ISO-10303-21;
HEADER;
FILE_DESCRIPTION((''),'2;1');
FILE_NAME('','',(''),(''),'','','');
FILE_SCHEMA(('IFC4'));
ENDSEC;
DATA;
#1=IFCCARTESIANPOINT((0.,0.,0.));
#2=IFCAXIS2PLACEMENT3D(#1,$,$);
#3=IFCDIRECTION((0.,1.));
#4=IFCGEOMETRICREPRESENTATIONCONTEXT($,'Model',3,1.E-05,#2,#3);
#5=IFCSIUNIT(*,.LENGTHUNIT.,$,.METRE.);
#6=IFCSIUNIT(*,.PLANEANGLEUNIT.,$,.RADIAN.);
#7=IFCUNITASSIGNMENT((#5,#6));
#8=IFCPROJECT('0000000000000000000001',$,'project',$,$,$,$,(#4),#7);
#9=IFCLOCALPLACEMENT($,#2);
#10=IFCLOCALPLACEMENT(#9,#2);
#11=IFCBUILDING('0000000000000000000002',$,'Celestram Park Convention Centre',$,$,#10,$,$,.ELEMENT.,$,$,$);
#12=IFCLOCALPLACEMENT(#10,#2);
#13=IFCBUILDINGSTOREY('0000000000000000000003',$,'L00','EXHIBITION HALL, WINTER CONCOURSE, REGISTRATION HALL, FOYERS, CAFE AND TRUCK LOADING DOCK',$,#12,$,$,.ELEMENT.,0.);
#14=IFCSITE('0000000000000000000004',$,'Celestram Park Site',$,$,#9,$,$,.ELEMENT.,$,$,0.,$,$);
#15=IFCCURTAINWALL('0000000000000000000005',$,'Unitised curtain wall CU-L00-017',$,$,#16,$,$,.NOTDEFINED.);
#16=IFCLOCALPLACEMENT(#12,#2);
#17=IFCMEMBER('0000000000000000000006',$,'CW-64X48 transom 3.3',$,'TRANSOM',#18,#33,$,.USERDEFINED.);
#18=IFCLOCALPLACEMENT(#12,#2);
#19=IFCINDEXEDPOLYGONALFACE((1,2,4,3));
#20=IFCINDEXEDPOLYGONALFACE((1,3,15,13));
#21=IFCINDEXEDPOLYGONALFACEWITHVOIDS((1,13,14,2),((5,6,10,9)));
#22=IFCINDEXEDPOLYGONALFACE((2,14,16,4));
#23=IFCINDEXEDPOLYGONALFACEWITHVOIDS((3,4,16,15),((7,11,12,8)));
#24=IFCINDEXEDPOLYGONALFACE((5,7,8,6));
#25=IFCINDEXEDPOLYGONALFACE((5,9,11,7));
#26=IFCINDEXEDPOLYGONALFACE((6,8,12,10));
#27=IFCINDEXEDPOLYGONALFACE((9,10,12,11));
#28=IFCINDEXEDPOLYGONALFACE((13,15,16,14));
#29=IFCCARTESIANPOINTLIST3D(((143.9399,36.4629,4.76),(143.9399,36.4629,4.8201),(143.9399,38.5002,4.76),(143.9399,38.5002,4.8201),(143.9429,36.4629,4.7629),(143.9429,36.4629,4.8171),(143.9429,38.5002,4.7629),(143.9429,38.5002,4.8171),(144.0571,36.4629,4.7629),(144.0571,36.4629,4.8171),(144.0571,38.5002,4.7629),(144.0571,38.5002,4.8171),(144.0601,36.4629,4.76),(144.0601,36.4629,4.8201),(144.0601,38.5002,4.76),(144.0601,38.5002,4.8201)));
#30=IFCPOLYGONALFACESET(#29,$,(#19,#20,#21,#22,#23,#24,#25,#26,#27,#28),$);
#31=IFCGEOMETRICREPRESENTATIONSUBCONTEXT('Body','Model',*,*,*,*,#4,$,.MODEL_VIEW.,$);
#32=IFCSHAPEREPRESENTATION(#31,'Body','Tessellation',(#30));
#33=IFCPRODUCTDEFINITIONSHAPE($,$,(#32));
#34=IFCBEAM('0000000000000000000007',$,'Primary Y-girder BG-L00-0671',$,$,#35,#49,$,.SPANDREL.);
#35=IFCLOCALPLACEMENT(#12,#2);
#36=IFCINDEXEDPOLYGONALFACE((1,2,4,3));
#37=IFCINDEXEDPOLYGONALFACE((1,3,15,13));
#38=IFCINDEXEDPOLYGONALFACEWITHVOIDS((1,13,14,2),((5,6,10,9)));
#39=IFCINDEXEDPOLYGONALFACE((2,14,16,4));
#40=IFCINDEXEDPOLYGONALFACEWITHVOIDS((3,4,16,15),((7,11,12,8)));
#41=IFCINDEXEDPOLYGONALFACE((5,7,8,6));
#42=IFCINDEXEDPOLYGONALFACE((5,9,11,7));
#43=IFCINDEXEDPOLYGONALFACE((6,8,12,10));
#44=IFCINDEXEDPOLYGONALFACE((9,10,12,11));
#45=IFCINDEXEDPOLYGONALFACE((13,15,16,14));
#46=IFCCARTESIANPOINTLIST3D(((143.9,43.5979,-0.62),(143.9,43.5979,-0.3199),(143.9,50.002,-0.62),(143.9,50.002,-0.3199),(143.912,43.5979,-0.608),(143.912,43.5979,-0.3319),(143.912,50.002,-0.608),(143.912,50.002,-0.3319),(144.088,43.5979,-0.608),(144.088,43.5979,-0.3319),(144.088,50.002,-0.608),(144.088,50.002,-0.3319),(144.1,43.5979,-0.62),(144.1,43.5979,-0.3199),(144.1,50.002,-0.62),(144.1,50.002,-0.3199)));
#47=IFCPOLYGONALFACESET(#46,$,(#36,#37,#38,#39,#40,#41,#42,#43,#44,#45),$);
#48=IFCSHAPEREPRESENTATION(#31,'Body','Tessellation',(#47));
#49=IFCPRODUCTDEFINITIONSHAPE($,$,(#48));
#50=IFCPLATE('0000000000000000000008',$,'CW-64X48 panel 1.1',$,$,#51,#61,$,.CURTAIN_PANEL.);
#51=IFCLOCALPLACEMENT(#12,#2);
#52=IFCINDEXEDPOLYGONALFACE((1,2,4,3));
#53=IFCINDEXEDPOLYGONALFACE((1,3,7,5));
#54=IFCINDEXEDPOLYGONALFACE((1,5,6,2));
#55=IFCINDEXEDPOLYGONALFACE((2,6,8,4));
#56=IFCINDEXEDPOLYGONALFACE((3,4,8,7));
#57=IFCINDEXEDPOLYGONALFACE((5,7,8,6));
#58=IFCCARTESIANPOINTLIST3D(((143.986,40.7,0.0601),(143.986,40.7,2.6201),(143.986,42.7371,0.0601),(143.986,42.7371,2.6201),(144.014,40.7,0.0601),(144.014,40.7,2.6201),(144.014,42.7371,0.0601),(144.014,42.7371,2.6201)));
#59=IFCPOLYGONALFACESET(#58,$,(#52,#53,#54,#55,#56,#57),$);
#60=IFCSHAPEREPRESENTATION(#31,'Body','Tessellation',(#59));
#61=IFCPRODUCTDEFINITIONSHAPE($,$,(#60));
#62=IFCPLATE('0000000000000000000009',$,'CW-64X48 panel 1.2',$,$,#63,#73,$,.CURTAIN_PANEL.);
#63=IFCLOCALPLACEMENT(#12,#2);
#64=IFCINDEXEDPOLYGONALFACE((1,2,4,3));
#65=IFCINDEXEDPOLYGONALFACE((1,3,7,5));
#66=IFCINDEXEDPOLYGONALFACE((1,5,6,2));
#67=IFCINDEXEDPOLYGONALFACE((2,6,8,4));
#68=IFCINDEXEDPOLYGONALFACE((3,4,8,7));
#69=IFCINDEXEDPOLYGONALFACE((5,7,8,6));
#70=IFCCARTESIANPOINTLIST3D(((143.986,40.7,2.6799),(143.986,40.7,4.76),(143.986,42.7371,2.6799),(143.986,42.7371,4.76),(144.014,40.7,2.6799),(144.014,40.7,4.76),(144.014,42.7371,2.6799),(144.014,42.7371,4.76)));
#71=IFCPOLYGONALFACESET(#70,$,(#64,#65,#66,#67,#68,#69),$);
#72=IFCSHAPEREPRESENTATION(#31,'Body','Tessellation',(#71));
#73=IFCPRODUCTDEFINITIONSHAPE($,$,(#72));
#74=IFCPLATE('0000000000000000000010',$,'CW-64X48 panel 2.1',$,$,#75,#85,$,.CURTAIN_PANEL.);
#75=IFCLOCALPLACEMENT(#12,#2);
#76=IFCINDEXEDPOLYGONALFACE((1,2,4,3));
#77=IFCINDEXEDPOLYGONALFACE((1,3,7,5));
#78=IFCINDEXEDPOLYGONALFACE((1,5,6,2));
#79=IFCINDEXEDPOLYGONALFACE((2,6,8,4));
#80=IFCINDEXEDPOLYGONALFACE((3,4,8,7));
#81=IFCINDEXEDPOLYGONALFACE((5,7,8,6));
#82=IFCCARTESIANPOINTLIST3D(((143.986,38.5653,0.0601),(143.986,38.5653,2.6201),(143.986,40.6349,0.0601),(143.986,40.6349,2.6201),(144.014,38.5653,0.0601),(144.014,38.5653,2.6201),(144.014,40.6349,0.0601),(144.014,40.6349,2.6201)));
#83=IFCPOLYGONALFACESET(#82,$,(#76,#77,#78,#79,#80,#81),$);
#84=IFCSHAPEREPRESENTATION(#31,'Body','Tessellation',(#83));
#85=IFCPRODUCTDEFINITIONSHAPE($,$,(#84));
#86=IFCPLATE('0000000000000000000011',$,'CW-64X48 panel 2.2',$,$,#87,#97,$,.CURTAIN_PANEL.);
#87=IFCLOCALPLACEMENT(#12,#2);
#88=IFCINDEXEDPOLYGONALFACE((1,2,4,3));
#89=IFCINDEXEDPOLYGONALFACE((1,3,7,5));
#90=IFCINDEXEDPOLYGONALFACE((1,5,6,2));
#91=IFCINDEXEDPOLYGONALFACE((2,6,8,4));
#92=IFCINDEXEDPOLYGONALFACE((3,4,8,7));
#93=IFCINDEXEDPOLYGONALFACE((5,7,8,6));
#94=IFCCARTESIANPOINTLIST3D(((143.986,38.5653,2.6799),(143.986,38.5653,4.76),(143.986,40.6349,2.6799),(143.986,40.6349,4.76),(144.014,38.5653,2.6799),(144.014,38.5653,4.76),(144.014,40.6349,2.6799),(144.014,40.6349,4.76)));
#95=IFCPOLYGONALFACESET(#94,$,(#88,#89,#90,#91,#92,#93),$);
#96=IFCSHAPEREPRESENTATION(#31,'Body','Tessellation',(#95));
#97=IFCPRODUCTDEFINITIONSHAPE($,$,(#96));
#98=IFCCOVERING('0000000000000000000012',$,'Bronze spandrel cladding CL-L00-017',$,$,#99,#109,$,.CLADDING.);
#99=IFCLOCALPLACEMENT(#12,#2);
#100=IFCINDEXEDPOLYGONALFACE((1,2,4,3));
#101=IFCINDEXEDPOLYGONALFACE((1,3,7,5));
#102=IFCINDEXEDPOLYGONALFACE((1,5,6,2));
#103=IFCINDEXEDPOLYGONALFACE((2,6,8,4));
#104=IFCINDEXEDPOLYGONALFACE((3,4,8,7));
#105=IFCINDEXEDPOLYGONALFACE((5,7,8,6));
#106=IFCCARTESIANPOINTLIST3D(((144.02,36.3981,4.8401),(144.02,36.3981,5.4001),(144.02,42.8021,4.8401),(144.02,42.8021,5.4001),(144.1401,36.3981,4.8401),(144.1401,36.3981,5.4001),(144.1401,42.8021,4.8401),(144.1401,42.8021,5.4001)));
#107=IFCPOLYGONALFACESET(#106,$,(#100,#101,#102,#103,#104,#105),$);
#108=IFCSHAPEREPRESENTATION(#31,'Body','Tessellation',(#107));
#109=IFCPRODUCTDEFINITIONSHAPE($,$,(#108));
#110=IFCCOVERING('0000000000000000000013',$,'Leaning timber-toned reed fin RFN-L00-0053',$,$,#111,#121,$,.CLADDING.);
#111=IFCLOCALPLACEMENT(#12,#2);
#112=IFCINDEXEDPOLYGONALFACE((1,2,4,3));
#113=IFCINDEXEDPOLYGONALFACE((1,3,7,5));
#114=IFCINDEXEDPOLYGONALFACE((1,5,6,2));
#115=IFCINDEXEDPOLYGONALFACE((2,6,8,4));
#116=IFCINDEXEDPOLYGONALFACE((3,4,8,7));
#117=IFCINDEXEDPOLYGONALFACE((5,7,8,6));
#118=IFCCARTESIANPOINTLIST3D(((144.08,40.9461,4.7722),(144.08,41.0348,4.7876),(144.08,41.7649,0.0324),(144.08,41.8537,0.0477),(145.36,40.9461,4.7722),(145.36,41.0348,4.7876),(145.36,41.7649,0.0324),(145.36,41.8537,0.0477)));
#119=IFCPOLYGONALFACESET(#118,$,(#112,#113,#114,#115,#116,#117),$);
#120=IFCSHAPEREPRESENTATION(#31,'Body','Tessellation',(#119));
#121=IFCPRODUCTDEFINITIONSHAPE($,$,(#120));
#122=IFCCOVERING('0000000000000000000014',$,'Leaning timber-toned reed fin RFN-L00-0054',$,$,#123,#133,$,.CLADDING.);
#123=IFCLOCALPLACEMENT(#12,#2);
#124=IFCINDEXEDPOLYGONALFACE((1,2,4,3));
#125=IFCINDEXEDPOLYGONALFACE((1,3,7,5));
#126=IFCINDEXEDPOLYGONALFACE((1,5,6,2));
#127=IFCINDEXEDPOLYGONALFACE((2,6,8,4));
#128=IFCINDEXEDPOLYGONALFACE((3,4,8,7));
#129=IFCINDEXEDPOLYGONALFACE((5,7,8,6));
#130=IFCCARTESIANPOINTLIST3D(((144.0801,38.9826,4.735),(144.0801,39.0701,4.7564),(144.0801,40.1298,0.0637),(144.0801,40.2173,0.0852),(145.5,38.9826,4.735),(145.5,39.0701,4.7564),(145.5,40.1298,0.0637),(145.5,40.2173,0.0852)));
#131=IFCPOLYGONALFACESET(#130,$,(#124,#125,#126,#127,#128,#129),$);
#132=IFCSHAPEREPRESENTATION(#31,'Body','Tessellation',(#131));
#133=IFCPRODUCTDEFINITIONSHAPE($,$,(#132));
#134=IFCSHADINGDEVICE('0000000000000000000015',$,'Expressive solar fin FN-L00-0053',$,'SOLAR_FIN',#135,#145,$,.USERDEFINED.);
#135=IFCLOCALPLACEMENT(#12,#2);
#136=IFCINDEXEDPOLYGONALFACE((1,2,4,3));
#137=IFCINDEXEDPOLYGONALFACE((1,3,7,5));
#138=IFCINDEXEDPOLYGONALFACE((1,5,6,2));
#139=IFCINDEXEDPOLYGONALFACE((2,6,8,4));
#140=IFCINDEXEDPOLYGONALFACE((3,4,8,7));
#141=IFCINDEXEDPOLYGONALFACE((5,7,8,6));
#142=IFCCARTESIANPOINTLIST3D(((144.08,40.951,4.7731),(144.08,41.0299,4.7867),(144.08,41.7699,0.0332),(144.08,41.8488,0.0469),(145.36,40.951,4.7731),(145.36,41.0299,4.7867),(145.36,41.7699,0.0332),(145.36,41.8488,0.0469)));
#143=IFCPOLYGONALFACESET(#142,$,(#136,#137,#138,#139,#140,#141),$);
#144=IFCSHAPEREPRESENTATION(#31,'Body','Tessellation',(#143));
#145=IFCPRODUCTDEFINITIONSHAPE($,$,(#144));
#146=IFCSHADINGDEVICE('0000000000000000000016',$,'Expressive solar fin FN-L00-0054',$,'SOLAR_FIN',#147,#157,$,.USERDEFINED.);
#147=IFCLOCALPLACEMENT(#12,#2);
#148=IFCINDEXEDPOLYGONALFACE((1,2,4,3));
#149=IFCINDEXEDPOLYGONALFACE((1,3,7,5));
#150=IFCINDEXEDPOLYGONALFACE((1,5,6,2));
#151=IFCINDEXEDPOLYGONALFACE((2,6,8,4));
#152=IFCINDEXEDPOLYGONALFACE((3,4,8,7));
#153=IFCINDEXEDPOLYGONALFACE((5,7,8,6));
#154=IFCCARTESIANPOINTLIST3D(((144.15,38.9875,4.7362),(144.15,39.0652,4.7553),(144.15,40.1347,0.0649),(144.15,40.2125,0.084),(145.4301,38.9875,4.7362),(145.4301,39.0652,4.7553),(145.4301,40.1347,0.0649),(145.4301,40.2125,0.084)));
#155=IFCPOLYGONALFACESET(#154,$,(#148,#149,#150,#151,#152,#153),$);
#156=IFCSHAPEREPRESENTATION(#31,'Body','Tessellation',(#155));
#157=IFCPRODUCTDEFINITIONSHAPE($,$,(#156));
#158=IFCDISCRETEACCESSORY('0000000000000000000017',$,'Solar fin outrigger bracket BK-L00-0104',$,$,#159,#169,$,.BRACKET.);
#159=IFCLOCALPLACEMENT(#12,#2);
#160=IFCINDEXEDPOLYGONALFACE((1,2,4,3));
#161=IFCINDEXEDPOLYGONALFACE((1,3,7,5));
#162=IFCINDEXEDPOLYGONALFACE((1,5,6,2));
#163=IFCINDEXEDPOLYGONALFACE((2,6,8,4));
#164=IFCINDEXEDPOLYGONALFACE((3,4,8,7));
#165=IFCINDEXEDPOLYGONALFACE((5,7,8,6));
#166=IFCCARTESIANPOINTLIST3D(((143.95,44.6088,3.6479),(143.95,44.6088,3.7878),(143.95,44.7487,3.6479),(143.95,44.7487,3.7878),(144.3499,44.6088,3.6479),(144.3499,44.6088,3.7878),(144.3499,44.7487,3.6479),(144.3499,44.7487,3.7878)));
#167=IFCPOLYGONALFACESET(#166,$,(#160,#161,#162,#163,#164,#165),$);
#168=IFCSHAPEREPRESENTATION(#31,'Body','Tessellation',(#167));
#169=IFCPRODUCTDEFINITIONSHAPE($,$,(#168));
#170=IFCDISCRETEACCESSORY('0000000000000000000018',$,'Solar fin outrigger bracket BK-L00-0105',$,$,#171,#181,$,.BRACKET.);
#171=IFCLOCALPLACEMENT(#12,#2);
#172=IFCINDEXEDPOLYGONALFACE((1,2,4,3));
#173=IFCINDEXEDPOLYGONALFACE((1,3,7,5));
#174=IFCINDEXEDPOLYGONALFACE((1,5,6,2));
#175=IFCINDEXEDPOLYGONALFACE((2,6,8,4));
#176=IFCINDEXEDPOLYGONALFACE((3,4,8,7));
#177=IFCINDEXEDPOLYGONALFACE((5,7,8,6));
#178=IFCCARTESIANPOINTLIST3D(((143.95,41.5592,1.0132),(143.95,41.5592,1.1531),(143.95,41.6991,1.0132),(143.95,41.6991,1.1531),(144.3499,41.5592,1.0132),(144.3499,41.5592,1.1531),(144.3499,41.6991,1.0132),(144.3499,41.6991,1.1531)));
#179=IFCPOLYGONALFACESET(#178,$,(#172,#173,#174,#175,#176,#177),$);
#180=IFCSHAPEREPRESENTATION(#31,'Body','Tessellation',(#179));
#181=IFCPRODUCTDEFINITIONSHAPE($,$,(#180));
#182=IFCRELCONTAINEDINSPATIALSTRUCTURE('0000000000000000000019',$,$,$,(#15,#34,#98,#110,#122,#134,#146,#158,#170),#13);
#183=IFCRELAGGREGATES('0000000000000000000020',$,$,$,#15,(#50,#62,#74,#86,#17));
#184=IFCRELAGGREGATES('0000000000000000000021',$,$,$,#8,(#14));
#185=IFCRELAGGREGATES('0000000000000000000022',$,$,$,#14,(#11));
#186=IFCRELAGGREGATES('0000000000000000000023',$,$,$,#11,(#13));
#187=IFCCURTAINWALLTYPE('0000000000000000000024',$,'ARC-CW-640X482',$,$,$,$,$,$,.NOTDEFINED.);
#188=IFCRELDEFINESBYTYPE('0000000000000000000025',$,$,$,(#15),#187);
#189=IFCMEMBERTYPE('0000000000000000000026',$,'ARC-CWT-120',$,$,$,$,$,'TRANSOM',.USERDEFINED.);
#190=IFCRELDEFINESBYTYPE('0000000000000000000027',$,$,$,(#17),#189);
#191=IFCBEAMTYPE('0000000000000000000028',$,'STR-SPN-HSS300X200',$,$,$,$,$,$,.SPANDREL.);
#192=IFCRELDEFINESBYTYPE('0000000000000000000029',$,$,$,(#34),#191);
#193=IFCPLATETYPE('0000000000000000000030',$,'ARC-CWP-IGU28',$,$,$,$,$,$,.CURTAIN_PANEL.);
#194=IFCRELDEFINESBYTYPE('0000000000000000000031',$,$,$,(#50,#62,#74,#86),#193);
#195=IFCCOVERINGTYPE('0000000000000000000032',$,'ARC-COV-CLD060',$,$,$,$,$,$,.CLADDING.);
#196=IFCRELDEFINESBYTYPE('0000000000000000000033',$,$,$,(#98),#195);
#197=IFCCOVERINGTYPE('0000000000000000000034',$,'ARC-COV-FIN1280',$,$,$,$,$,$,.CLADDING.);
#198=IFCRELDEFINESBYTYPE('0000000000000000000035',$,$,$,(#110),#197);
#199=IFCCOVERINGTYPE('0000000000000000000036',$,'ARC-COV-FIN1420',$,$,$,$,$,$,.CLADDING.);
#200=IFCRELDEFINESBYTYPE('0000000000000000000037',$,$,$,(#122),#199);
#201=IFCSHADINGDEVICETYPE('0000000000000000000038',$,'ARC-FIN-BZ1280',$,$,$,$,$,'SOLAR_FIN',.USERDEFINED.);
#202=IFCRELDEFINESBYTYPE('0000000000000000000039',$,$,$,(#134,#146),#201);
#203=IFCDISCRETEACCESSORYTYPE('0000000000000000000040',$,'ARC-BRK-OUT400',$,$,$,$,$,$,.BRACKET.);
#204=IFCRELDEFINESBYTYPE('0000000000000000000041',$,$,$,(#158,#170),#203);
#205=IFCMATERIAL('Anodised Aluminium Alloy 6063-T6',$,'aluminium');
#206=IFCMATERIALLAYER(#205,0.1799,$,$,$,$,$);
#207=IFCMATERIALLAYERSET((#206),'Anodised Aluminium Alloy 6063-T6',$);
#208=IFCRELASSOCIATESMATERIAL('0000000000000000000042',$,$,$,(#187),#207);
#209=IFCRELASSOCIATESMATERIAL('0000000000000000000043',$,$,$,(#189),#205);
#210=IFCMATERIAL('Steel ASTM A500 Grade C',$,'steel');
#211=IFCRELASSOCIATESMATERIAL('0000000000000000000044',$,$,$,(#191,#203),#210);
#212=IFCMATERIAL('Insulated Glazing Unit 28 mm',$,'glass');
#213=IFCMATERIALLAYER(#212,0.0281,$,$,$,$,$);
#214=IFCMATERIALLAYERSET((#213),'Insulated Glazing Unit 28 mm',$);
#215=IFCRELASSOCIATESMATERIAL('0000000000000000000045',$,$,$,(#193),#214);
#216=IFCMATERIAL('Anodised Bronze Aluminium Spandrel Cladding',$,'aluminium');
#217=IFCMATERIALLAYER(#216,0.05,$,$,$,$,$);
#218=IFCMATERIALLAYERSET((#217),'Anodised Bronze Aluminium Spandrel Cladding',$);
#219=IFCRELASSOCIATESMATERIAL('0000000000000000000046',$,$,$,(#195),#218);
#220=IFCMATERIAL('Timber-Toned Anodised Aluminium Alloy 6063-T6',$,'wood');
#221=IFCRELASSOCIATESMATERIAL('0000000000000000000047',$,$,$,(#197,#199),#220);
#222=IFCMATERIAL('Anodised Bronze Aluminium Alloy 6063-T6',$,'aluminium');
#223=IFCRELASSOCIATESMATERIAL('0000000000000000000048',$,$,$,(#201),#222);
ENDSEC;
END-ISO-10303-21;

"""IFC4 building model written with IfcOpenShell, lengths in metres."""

from ifc_helpers import new_model, si_unit, direction, frame, origin, origin_2d, place, context, subcontext, project, spatial, rectangle, hollow_rectangle, extrude, material, layer, layer_set, material_profile, profile_set, type_object, element, aggregate, save


model = new_model("IFC4")

# Units and contexts
model_context = context("Model", 3, precision=1e-05, world=origin(), true_north=direction((0.0, 1.0)))
body_context = subcontext(model_context, "Body", "Model", "MODEL_VIEW")
ifc_project = project(units=[si_unit("LENGTHUNIT", "METRE"), si_unit("PLANEANGLEUNIT", "RADIAN")], contexts=[model_context])

# Site, building, storey
site_placement = place(None, origin())
site = spatial("IfcSite", under=ifc_project, at=site_placement, Name="Celestram Park Site", CompositionType="ELEMENT", RefElevation=0.0)
building_placement = place(site_placement, origin())
building = spatial("IfcBuilding", under=site, at=building_placement, Name="Celestram Park Convention Centre", CompositionType="ELEMENT")
storey_placement = place(building_placement, origin())
storey = spatial("IfcBuildingStorey", under=building, at=storey_placement, Name="L00", Description="EXHIBITION HALL, WINTER CONCOURSE, REGISTRATION HALL, FOYERS, CAFE AND TRUCK LOADING DOCK", CompositionType="ELEMENT", Elevation=0.0)

# Shared definitions
ifc_material_1 = material(Name="Anodised Aluminium Alloy 6063-T6", Category="aluminium")
ifc_layer_1 = layer(ifc_material_1, 0.1799)
ifc_layer_set_1 = layer_set([ifc_layer_1], Name="Anodised Aluminium Alloy 6063-T6")
curtain_wall_type = type_object("IfcCurtainWallType", Name="ARC-CW-640X482", PredefinedType="NOTDEFINED", material=ifc_layer_set_1)

# Curtain wall, member
curtain_wall_1_placement = place(storey_placement, origin())
curtain_wall_1 = element("IfcCurtainWall", 1, at=curtain_wall_1_placement, inside=storey, type_object=curtain_wall_type, Name="Unitised curtain wall CU-L00-017", PredefinedType="NOTDEFINED")
ifc_material_profile_1 = material_profile(ifc_material_1, hollow_rectangle(XDim=0.1201, YDim=0.0601, WallThickness=0.0029, at=origin_2d()), Name="ALU120X60X3")
ifc_profile_set_1 = profile_set([ifc_material_profile_1], Name="Anodised Aluminium Alloy 6063-T6")
member_type_1 = type_object("IfcMemberType", Name="ARC-CWT-120", ElementType="TRANSOM", PredefinedType="USERDEFINED", material=ifc_profile_set_1)
member_1_placement = place(storey_placement, frame((144.0, 38.5002, 4.79), z_axis=(0.0, -1.0, 0.0), x_axis=(1.0, 0.0, 0.0)))
member_1 = element("IfcMember", 2, at=member_1_placement, type_object=member_type_1, Name="CW-64X48 transom 3.3", ObjectType="TRANSOM", PredefinedType="USERDEFINED", context=body_context, shape_type="SweptSolid", body=[
    extrude(hollow_rectangle(XDim=0.1201, YDim=0.0601, WallThickness=0.0029, at=origin_2d()), origin(), (0.0, 0.0, 1.0), 2.0374),
])

# Beam
ifc_material_2 = material(Name="Steel ASTM A500 Grade C", Category="steel")
ifc_material_profile_2 = material_profile(ifc_material_2, hollow_rectangle(XDim=0.2, YDim=0.3, WallThickness=0.012, at=origin_2d()), Name="HSS300X200X12")
ifc_profile_set_2 = profile_set([ifc_material_profile_2], Name="Steel ASTM A500 Grade C")
beam_type = type_object("IfcBeamType", Name="STR-SPN-HSS300X200", PredefinedType="SPANDREL", material=ifc_profile_set_2)
beam_placement = place(storey_placement, frame((144.0, 43.5979, -0.47), z_axis=(0.0, 1.0, 0.0), x_axis=(-1.0, 0.0, 0.0)))
element("IfcBeam", 3, at=beam_placement, inside=storey, type_object=beam_type, Name="Primary Y-girder BG-L00-0671", PredefinedType="SPANDREL", context=body_context, shape_type="SweptSolid", body=[
    extrude(hollow_rectangle(XDim=0.2, YDim=0.3, WallThickness=0.012, at=origin_2d()), origin(), (0.0, 0.0, 1.0), 6.4041),
])

# Plates
ifc_material_3 = material(Name="Insulated Glazing Unit 28 mm", Category="glass")
ifc_layer_2 = layer(ifc_material_3, 0.0281)
ifc_layer_set_2 = layer_set([ifc_layer_2], Name="Insulated Glazing Unit 28 mm")
plate_type = type_object("IfcPlateType", Name="ARC-CWP-IGU28", PredefinedType="CURTAIN_PANEL", material=ifc_layer_set_2)
plate_1_placement = place(storey_placement, frame((144.0, 41.7185, 0.0601), z_axis=(0.0, 0.0, 1.0), x_axis=(0.0, -1.0, 0.0)))
plate_1 = element("IfcPlate", 4, at=plate_1_placement, type_object=plate_type, Name="CW-64X48 panel 1.1", PredefinedType="CURTAIN_PANEL", context=body_context, shape_type="SweptSolid", body=[
    extrude(rectangle(XDim=2.0371, YDim=0.0281, at=origin_2d()), origin(), (0.0, 0.0, 1.0), 2.5601),
])
plate_2_placement = place(storey_placement, frame((144.0, 41.7185, 2.6799), z_axis=(0.0, 0.0, 1.0), x_axis=(0.0, -1.0, 0.0)))
plate_2 = element("IfcPlate", 5, at=plate_2_placement, type_object=plate_type, Name="CW-64X48 panel 1.2", PredefinedType="CURTAIN_PANEL", context=body_context, shape_type="SweptSolid", body=[
    extrude(rectangle(XDim=2.0371, YDim=0.0281, at=origin_2d()), origin(), (0.0, 0.0, 1.0), 2.0801),
])
plate_3_placement = place(storey_placement, frame((144.0, 39.6001, 0.0601), z_axis=(0.0, 0.0, 1.0), x_axis=(0.0, -1.0, 0.0)))
plate_3 = element("IfcPlate", 6, at=plate_3_placement, type_object=plate_type, Name="CW-64X48 panel 2.1", PredefinedType="CURTAIN_PANEL", context=body_context, shape_type="SweptSolid", body=[
    extrude(rectangle(XDim=2.0696, YDim=0.0281, at=origin_2d()), origin(), (0.0, 0.0, 1.0), 2.5601),
])
plate_4_placement = place(storey_placement, frame((144.0, 39.6001, 2.6799), z_axis=(0.0, 0.0, 1.0), x_axis=(0.0, -1.0, 0.0)))
plate_4 = element("IfcPlate", 7, at=plate_4_placement, type_object=plate_type, Name="CW-64X48 panel 2.2", PredefinedType="CURTAIN_PANEL", context=body_context, shape_type="SweptSolid", body=[
    extrude(rectangle(XDim=2.0696, YDim=0.0281, at=origin_2d()), origin(), (0.0, 0.0, 1.0), 2.0801),
])
aggregate(curtain_wall_1, [plate_1, plate_2, plate_3, plate_4, member_1])

# Coverings
ifc_material_4 = material(Name="Anodised Bronze Aluminium Spandrel Cladding", Category="aluminium")
ifc_layer_3 = layer(ifc_material_4, 0.05)
ifc_layer_set_3 = layer_set([ifc_layer_3], Name="Anodised Bronze Aluminium Spandrel Cladding")
covering_type_1 = type_object("IfcCoveringType", Name="ARC-COV-CLD060", PredefinedType="CLADDING", material=ifc_layer_set_3)
covering_1_placement = place(storey_placement, frame((144.0801, 39.6001, 4.8401), z_axis=(0.0, 0.0, 1.0), x_axis=(0.0, -1.0, 0.0)))
element("IfcCovering", 8, at=covering_1_placement, inside=storey, type_object=covering_type_1, Name="Bronze spandrel cladding CL-L00-017", PredefinedType="CLADDING", context=body_context, shape_type="SweptSolid", body=[
    extrude(rectangle(XDim=6.4041, YDim=0.1201, at=origin_2d()), origin(), (0.0, 0.0, 1.0), 0.5601),
])
ifc_material_5 = material(Name="Timber-Toned Anodised Aluminium Alloy 6063-T6", Category="wood")
ifc_material_profile_3 = material_profile(ifc_material_5, rectangle(XDim=1.28, YDim=0.0901, at=origin_2d()), Name="REED1280X90")
ifc_profile_set_3 = profile_set([ifc_material_profile_3], Name="Timber-Toned Anodised Aluminium Alloy 6063-T6")
covering_type_2 = type_object("IfcCoveringType", Name="ARC-COV-FIN1280", PredefinedType="CLADDING", material=ifc_profile_set_3)
covering_2_placement = place(storey_placement, frame((144.72, 41.8093, 0.04), z_axis=(0.0, -0.17024, 0.985403), x_axis=(1.0, 0.0, 0.0)))
element("IfcCovering", 9, at=covering_2_placement, inside=storey, type_object=covering_type_2, Name="Leaning timber-toned reed fin RFN-L00-0053", PredefinedType="CLADDING", context=body_context, shape_type="SweptSolid", body=[
    extrude(rectangle(XDim=1.28, YDim=0.0901, at=origin_2d()), origin(), (0.0, 0.0, 1.0), 4.8101),
])
ifc_material_profile_4 = material_profile(ifc_material_5, rectangle(XDim=1.4199, YDim=0.0901, at=origin_2d()), Name="REED1420X90")
ifc_profile_set_4 = profile_set([ifc_material_profile_4], Name="Timber-Toned Anodised Aluminium Alloy 6063-T6")
covering_type_3 = type_object("IfcCoveringType", Name="ARC-COV-FIN1420", PredefinedType="CLADDING", material=ifc_profile_set_4)
covering_3_placement = place(storey_placement, frame((144.79, 40.1736, 0.0745), z_axis=(0.0, -0.238509, 0.97114), x_axis=(1.0, 0.0, 0.0)))
element("IfcCovering", 10, at=covering_3_placement, inside=storey, type_object=covering_type_3, Name="Leaning timber-toned reed fin RFN-L00-0054", PredefinedType="CLADDING", context=body_context, shape_type="SweptSolid", body=[
    extrude(rectangle(XDim=1.4199, YDim=0.0901, at=origin_2d()), origin(), (0.0, 0.0, 1.0), 4.8101),
])

# Shading devices
ifc_material_6 = material(Name="Anodised Bronze Aluminium Alloy 6063-T6", Category="aluminium")
ifc_material_profile_5 = material_profile(ifc_material_6, rectangle(XDim=1.28, YDim=0.0801, at=origin_2d()), Name="FIN1280X80")
ifc_profile_set_5 = profile_set([ifc_material_profile_5], Name="Anodised Bronze Aluminium Alloy 6063-T6")
shading_device_type = type_object("IfcShadingDeviceType", Name="ARC-FIN-BZ1280", ElementType="SOLAR_FIN", PredefinedType="USERDEFINED", material=ifc_profile_set_5)
for number, where, z_axis, x_axis, name in (
    (11, (144.72, 41.8093, 0.04), (0.0, -0.17024, 0.985403), (1.0, 0.0, 0.0), "Expressive solar fin FN-L00-0053"),
    (12, (144.79, 40.1736, 0.0745), (0.0, -0.238509, 0.97114), (1.0, 0.0, 0.0), "Expressive solar fin FN-L00-0054"),
):
    element("IfcShadingDevice", number, at=place(storey_placement, frame(where, z_axis=z_axis, x_axis=x_axis)), inside=storey, type_object=shading_device_type, Name=name, ObjectType="SOLAR_FIN", PredefinedType="USERDEFINED", context=body_context, shape_type="SweptSolid", body=[
        extrude(rectangle(XDim=1.28, YDim=0.0801, at=origin_2d()), origin(), (0.0, 0.0, 1.0), 4.8101),
    ])

# Discrete accessories
discrete_accessory_type = type_object("IfcDiscreteAccessoryType", Name="ARC-BRK-OUT400", PredefinedType="BRACKET", material=ifc_material_2)
for number, where, z_axis, x_axis, name in (
    (13, (144.1499, 44.6787, 3.6479), (0.0, 0.0, 1.0), (1.0, 0.0, 0.0), "Solar fin outrigger bracket BK-L00-0104"),
    (14, (144.1499, 41.6292, 1.0132), (0.0, 0.0, 1.0), (1.0, 0.0, 0.0), "Solar fin outrigger bracket BK-L00-0105"),
):
    element("IfcDiscreteAccessory", number, at=place(storey_placement, frame(where, z_axis=z_axis, x_axis=x_axis)), inside=storey, type_object=discrete_accessory_type, Name=name, PredefinedType="BRACKET", context=body_context, shape_type="SweptSolid", body=[
        extrude(rectangle(XDim=0.3999, YDim=0.1399, at=origin_2d()), origin(), (0.0, 0.0, 1.0), 0.1399),
    ])

save(model, "model.ifc")
